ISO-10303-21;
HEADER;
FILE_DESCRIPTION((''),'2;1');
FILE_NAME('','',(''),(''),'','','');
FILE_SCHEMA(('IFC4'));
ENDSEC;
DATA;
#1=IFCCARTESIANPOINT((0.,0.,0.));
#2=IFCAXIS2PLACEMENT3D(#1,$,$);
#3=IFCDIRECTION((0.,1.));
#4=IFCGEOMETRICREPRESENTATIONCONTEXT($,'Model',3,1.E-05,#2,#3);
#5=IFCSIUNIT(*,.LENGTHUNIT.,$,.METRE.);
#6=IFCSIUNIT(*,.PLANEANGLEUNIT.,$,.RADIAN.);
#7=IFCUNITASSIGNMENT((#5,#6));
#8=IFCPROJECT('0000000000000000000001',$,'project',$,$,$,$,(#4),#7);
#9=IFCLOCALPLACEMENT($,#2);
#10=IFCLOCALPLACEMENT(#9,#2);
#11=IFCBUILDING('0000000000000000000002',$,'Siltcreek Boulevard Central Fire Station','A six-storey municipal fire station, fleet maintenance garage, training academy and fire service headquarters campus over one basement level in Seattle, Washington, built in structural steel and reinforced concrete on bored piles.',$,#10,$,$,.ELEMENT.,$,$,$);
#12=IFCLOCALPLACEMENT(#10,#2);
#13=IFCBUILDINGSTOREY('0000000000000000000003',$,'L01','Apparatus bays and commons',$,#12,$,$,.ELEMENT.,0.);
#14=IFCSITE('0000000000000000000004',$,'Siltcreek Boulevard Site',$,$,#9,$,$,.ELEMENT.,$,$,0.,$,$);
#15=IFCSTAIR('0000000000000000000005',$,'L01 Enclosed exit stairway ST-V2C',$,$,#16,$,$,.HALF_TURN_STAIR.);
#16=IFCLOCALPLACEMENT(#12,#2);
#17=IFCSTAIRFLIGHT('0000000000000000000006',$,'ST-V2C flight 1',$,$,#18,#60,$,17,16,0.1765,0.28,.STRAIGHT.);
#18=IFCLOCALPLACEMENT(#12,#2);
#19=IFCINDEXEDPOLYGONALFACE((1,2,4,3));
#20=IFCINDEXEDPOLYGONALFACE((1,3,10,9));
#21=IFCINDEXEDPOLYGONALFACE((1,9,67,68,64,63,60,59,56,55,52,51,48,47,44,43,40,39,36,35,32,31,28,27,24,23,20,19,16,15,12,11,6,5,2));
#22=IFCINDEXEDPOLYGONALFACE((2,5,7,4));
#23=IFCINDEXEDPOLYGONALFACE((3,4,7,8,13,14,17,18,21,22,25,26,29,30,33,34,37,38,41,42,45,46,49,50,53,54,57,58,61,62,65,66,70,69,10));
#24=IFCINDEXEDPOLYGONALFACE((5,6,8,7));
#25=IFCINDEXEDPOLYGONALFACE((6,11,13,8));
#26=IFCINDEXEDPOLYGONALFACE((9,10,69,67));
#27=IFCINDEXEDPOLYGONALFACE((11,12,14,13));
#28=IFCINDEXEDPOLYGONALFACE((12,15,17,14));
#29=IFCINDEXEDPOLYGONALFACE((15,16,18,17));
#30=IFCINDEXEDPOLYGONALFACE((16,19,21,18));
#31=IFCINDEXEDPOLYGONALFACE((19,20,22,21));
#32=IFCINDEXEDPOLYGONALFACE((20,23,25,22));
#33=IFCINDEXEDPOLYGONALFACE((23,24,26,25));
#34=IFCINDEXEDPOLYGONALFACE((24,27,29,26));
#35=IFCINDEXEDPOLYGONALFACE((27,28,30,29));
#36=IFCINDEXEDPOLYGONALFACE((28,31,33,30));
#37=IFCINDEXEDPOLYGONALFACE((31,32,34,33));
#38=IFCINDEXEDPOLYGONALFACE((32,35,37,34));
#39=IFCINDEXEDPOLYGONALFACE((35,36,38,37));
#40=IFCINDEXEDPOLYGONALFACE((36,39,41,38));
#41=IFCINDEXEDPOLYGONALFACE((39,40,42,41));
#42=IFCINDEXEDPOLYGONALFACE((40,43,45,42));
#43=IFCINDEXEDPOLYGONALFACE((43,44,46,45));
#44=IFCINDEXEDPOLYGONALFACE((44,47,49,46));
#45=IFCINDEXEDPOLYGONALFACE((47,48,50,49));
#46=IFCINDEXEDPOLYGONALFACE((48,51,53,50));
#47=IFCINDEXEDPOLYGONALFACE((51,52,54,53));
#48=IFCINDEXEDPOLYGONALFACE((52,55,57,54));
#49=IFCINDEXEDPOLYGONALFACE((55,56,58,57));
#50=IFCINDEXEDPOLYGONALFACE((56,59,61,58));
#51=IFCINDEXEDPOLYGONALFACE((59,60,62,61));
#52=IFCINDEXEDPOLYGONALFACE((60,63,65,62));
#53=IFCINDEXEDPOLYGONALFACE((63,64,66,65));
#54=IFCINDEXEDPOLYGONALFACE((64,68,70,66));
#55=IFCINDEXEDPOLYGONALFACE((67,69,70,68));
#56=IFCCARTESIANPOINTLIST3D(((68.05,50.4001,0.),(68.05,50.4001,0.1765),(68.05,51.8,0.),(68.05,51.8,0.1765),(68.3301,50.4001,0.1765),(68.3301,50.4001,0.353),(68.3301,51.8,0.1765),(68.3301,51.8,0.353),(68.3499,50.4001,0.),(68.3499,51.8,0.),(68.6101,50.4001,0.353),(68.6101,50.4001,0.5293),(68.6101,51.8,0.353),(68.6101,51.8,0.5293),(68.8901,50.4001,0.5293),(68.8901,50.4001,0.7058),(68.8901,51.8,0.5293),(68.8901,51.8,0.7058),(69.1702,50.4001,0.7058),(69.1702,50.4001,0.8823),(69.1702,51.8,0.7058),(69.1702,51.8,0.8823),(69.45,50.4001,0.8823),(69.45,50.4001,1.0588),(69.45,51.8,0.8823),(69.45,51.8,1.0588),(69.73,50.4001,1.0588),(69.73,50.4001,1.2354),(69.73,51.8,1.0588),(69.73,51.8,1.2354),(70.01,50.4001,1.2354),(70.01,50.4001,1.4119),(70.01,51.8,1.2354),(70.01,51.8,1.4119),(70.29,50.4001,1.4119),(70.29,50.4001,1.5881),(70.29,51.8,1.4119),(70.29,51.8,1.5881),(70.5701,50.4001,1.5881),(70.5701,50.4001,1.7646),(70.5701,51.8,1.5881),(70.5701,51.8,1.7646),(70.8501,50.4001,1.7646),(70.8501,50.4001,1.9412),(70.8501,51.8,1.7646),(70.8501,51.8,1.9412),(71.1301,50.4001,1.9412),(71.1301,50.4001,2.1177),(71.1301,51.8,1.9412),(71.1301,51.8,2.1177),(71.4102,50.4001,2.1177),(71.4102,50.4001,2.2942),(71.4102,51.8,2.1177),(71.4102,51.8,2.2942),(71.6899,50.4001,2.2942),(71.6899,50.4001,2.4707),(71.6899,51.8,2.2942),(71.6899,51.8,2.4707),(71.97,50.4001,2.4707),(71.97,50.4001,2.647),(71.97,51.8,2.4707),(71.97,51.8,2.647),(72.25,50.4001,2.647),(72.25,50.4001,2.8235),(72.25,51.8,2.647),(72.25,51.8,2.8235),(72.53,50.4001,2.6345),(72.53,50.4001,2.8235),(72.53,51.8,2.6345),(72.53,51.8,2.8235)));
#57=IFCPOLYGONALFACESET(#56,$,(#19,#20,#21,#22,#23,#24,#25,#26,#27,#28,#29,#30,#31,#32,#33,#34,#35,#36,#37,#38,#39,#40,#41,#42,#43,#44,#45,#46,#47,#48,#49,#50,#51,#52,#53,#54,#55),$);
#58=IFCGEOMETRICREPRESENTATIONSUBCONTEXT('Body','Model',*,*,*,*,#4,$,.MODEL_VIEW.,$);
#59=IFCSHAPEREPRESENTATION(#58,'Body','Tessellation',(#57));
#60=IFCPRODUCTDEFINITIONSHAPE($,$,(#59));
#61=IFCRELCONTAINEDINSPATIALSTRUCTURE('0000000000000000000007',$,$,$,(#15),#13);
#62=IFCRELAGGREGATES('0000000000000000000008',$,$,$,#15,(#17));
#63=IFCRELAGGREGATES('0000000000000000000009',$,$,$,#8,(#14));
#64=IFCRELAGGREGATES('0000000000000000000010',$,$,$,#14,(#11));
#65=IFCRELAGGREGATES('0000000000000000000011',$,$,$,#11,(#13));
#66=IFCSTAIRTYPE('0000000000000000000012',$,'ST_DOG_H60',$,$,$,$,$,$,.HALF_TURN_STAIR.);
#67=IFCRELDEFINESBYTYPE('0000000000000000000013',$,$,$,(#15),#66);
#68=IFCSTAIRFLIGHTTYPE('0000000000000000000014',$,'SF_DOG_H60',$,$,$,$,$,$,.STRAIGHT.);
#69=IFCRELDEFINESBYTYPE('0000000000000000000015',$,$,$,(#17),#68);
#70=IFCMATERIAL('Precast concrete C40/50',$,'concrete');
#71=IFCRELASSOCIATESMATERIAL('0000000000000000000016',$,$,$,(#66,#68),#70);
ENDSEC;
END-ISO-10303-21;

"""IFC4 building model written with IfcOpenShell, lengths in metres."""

from ifc_helpers import new_model, si_unit, direction, frame, origin, place, context, subcontext, project, spatial, polyline, outline, extrude, material, type_object, element, aggregate, save


model = new_model("IFC4")

# Units and contexts
model_context = context("Model", 3, precision=1e-05, world=origin(), true_north=direction((0.0, 1.0)))
body_context = subcontext(model_context, "Body", "Model", "MODEL_VIEW")
ifc_project = project(units=[si_unit("LENGTHUNIT", "METRE"), si_unit("PLANEANGLEUNIT", "RADIAN")], contexts=[model_context])

# Site, building, storey
site_placement = place(None, origin())
site = spatial("IfcSite", under=ifc_project, at=site_placement, Name="Siltcreek Boulevard Site", CompositionType="ELEMENT", RefElevation=0.0)
building_placement = place(site_placement, origin())
building = spatial("IfcBuilding", under=site, at=building_placement, Name="Siltcreek Boulevard Central Fire Station", Description="A six-storey municipal fire station, fleet maintenance garage, training academy and fire service headquarters campus over one basement level in Seattle, Washington, built in structural steel and reinforced concrete on bored piles.", CompositionType="ELEMENT")
storey_placement = place(building_placement, origin())
storey = spatial("IfcBuildingStorey", under=building, at=storey_placement, Name="L01", Description="Apparatus bays and commons", CompositionType="ELEMENT", Elevation=0.0)

# Stair, stair flight
ifc_material_1 = material(Name="Precast concrete C40/50", Category="concrete")
stair_type = type_object("IfcStairType", Name="ST_DOG_H60", PredefinedType="HALF_TURN_STAIR", material=ifc_material_1)
stair_placement = place(storey_placement, origin())
stair = element("IfcStair", 1, at=stair_placement, inside=storey, type_object=stair_type, Name="L01 Enclosed exit stairway ST-V2C", PredefinedType="HALF_TURN_STAIR")
stair_flight_type = type_object("IfcStairFlightType", Name="SF_DOG_H60", PredefinedType="STRAIGHT", material=ifc_material_1)
stair_flight_placement = place(storey_placement, frame((68.05, 51.1001, 0.0), z_axis=(0.0, 0.0, 1.0), x_axis=(1.0, 0.0, 0.0)))
stair_flight = element("IfcStairFlight", 2, at=stair_flight_placement, type_object=stair_flight_type, Name="ST-V2C flight 1", NumberOfRisers=17, NumberOfTreads=16, PredefinedType="STRAIGHT", RiserHeight=0.1765, TreadLength=0.28, context=body_context, shape_type="SweptSolid", body=[
    extrude(outline(polyline([(0.0, 0.0), (0.0, 0.1765), (0.28, 0.1765), (0.28, 0.353), (0.5601, 0.353), (0.5601, 0.5293), (0.8401, 0.5293), (0.8401, 0.7058), (1.1201, 0.7058), (1.1201, 0.8823), (1.3999, 0.8823), (1.3999, 1.0588), (1.6799, 1.0588), (1.6799, 1.2354), (1.96, 1.2354), (1.96, 1.4119), (2.24, 1.4119), (2.24, 1.5881), (2.52, 1.5881), (2.52, 1.7646), (2.8, 1.7646), (2.8, 1.9412), (3.0801, 1.9412), (3.0801, 2.1177), (3.3601, 2.1177), (3.3601, 2.2942), (3.6399, 2.2942), (3.6399, 2.4707), (3.9199, 2.4707), (3.9199, 2.647), (4.2, 2.647), (4.2, 2.8235), (4.48, 2.8235), (4.48, 3.0), (4.48, 2.6345), (0.2998, 0.0), (0.0, 0.0)])), frame((0.0, 0.7, 0.0), z_axis=(0.0, -1.0, 0.0), x_axis=(1.0, 0.0, 0.0)), (0.0, 0.0, 1.0), 1.3999),
])
aggregate(stair, [stair_flight])

save(model, "model.ifc")
